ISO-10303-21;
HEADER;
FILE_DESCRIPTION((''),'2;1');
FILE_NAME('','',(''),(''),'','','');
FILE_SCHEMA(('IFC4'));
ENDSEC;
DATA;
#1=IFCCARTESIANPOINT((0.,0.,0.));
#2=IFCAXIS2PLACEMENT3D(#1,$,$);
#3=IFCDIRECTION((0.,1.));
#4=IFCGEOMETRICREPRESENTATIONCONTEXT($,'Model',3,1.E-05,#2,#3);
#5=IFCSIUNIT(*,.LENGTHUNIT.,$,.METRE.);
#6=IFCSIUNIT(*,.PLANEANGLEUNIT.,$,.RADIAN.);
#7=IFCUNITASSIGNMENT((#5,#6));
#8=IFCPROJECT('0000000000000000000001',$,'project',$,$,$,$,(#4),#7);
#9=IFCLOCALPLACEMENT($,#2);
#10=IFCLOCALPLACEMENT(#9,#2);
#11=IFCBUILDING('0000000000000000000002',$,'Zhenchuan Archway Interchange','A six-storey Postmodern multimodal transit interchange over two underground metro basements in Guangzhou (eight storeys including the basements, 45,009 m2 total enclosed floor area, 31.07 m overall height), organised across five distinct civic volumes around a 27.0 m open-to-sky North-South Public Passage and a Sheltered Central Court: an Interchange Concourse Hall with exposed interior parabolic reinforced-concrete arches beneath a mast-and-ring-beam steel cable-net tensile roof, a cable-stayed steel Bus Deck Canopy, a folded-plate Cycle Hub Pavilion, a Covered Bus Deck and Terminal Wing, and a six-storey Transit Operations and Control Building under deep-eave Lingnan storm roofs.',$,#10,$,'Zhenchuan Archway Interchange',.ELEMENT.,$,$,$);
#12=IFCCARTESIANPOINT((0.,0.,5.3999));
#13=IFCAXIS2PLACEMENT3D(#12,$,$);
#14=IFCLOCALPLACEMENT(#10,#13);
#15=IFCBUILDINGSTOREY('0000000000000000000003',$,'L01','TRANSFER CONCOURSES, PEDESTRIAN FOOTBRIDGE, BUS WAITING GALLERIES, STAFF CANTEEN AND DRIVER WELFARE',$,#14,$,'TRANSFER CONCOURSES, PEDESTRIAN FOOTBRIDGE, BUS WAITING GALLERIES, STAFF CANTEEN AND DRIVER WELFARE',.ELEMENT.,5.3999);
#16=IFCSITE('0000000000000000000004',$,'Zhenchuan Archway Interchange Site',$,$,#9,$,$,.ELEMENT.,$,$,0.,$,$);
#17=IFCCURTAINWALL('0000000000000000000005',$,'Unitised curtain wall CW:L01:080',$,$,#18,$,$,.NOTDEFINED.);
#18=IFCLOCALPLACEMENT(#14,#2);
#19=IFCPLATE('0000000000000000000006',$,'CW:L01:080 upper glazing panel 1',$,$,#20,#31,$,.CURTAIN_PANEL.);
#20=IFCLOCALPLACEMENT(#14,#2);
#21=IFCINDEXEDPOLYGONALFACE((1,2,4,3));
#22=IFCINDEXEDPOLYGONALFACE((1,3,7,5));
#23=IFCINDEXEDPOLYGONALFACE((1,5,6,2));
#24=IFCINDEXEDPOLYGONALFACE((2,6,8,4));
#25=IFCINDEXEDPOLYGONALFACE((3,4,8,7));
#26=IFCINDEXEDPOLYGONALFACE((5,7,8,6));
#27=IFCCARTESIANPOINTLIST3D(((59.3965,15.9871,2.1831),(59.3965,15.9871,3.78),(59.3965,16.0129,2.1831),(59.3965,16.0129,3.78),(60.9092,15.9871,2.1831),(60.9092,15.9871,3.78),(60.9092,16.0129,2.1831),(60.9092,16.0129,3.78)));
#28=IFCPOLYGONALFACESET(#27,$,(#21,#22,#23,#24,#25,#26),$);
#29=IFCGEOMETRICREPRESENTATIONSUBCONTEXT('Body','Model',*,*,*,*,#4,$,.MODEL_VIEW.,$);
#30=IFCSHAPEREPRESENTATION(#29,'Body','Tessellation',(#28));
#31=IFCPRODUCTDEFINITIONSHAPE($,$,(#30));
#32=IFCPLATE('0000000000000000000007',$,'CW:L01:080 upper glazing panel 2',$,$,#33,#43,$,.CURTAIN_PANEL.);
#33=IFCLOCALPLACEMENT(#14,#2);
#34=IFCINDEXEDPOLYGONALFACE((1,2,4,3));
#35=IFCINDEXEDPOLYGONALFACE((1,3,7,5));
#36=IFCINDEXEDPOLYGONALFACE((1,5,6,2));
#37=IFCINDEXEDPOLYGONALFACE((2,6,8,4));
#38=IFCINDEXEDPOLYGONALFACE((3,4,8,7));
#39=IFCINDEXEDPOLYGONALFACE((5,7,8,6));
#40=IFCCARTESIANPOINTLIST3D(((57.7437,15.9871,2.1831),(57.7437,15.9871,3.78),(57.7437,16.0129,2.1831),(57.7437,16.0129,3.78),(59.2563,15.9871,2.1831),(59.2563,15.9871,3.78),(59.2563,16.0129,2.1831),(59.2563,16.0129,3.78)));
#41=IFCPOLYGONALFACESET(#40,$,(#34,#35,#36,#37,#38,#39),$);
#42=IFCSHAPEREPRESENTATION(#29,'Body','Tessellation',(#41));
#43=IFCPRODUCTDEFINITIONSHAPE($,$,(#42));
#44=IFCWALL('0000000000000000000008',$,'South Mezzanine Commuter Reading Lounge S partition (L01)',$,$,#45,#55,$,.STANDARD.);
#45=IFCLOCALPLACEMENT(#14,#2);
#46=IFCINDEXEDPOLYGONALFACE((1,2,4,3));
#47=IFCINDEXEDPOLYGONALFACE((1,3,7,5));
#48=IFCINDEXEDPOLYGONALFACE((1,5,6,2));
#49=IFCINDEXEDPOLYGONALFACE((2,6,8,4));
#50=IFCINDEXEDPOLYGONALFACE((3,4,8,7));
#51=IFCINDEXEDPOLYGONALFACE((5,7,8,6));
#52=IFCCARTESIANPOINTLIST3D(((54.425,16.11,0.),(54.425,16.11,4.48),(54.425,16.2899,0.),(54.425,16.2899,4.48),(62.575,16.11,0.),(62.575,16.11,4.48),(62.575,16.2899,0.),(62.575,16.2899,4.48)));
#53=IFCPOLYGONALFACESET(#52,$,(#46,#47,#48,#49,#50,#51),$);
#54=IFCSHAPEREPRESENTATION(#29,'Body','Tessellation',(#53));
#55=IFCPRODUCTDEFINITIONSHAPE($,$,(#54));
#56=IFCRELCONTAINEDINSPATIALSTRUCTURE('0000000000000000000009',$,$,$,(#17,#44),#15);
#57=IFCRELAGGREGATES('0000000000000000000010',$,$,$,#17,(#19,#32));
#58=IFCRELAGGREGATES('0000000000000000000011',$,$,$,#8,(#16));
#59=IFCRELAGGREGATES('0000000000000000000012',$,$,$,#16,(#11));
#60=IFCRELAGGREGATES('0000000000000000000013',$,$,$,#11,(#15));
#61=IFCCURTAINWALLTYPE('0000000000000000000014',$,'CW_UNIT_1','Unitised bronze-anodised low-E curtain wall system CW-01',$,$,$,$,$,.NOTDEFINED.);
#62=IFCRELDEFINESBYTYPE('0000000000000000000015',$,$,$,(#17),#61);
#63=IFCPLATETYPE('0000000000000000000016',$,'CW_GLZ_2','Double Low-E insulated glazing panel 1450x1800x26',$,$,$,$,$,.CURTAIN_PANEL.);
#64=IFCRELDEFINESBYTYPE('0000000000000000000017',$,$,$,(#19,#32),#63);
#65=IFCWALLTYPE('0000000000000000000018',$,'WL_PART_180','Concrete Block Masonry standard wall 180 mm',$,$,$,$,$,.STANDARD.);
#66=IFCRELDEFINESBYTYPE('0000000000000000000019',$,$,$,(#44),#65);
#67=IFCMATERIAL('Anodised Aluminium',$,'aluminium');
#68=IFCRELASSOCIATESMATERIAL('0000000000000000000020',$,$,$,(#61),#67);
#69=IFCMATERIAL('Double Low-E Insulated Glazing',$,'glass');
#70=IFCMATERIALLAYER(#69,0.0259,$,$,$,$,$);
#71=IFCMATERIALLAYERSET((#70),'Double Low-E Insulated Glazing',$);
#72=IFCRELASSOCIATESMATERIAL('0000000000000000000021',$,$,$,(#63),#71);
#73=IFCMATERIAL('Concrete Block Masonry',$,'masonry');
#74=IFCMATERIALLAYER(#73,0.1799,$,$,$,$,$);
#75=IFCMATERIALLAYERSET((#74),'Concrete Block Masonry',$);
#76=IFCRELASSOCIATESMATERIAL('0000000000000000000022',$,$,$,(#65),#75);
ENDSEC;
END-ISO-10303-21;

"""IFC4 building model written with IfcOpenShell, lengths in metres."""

from ifc_helpers import new_model, si_unit, direction, frame, frame_2d, origin, origin_2d, place, context, subcontext, project, spatial, rectangle, extrude, material, layer, layer_set, type_object, element, aggregate, save


model = new_model("IFC4")

# Units and contexts
model_context = context("Model", 3, precision=1e-05, world=origin(), true_north=direction((0.0, 1.0)))
body_context = subcontext(model_context, "Body", "Model", "MODEL_VIEW")
ifc_project = project(units=[si_unit("LENGTHUNIT", "METRE"), si_unit("PLANEANGLEUNIT", "RADIAN")], contexts=[model_context])

# Site, building, storey
site_placement = place(None, origin())
site = spatial("IfcSite", under=ifc_project, at=site_placement, Name="Zhenchuan Archway Interchange Site", CompositionType="ELEMENT", RefElevation=0.0)
building_placement = place(site_placement, origin())
building = spatial("IfcBuilding", under=site, at=building_placement, Name="Zhenchuan Archway Interchange", Description="A six-storey Postmodern multimodal transit interchange over two underground metro basements in Guangzhou (eight storeys including the basements, 45,009 m2 total enclosed floor area, 31.07 m overall height), organised across five distinct civic volumes around a 27.0 m open-to-sky North-South Public Passage and a Sheltered Central Court: an Interchange Concourse Hall with exposed interior parabolic reinforced-concrete arches beneath a mast-and-ring-beam steel cable-net tensile roof, a cable-stayed steel Bus Deck Canopy, a folded-plate Cycle Hub Pavilion, a Covered Bus Deck and Terminal Wing, and a six-storey Transit Operations and Control Building under deep-eave Lingnan storm roofs.", LongName="Zhenchuan Archway Interchange", CompositionType="ELEMENT")
storey_placement = place(building_placement, frame((0.0, 0.0, 5.3999)))
storey = spatial("IfcBuildingStorey", under=building, at=storey_placement, Name="L01", Description="TRANSFER CONCOURSES, PEDESTRIAN FOOTBRIDGE, BUS WAITING GALLERIES, STAFF CANTEEN AND DRIVER WELFARE", LongName="TRANSFER CONCOURSES, PEDESTRIAN FOOTBRIDGE, BUS WAITING GALLERIES, STAFF CANTEEN AND DRIVER WELFARE", CompositionType="ELEMENT", Elevation=5.3999)

# Curtain wall
ifc_material_1 = material(Name="Anodised Aluminium", Category="aluminium")
curtain_wall_type = type_object("IfcCurtainWallType", Name="CW_UNIT_1", Description="Unitised bronze-anodised low-E curtain wall system CW-01", PredefinedType="NOTDEFINED", material=ifc_material_1)
curtain_wall_placement = place(storey_placement, origin())
curtain_wall = element("IfcCurtainWall", 1, at=curtain_wall_placement, inside=storey, type_object=curtain_wall_type, Name="Unitised curtain wall CW:L01:080", PredefinedType="NOTDEFINED")

# Plates
ifc_material_2 = material(Name="Double Low-E Insulated Glazing", Category="glass")
ifc_layer_1 = layer(ifc_material_2, 0.0259)
ifc_layer_set_1 = layer_set([ifc_layer_1], Name="Double Low-E Insulated Glazing")
plate_type_1 = type_object("IfcPlateType", Name="CW_GLZ_2", Description="Double Low-E insulated glazing panel 1450x1800x26", PredefinedType="CURTAIN_PANEL", material=ifc_layer_set_1)
plate_1_placement = place(storey_placement, frame((60.1528, 16.0, 2.1831), z_axis=(0.0, 0.0, 1.0), x_axis=(-1.0, 0.0, 0.0)))
plate_1 = element("IfcPlate", 2, at=plate_1_placement, type_object=plate_type_1, Name="CW:L01:080 upper glazing panel 1", PredefinedType="CURTAIN_PANEL", context=body_context, shape_type="SweptSolid", body=[
    extrude(rectangle(XDim=1.5127, YDim=0.0259, at=origin_2d()), origin(), (0.0, 0.0, 1.0), 1.5969),
])
plate_2_placement = place(storey_placement, frame((58.5, 16.0, 2.1831), z_axis=(0.0, 0.0, 1.0), x_axis=(-1.0, 0.0, 0.0)))
plate_2 = element("IfcPlate", 3, at=plate_2_placement, type_object=plate_type_1, Name="CW:L01:080 upper glazing panel 2", PredefinedType="CURTAIN_PANEL", context=body_context, shape_type="SweptSolid", body=[
    extrude(rectangle(XDim=1.5127, YDim=0.0259, at=origin_2d()), origin(), (0.0, 0.0, 1.0), 1.5969),
])
aggregate(curtain_wall, [plate_1, plate_2])

# Wall
ifc_material_3 = material(Name="Concrete Block Masonry", Category="masonry")
ifc_layer_2 = layer(ifc_material_3, 0.1799)
ifc_layer_set_2 = layer_set([ifc_layer_2], Name="Concrete Block Masonry")
wall_type = type_object("IfcWallType", Name="WL_PART_180", Description="Concrete Block Masonry standard wall 180 mm", PredefinedType="STANDARD", material=ifc_layer_set_2)
wall_placement = place(storey_placement, frame((54.425, 16.2, 0.0), z_axis=(0.0, 0.0, 1.0), x_axis=(1.0, 0.0, 0.0)))
element("IfcWall", 4, at=wall_placement, inside=storey, type_object=wall_type, Name="South Mezzanine Commuter Reading Lounge S partition (L01)", PredefinedType="STANDARD", context=body_context, shape_type="SweptSolid", body=[
    extrude(rectangle(XDim=8.1499, YDim=0.1799, at=frame_2d((4.075, 0.0))), origin(), (0.0, 0.0, 1.0), 4.48),
])

save(model, "model.ifc")
